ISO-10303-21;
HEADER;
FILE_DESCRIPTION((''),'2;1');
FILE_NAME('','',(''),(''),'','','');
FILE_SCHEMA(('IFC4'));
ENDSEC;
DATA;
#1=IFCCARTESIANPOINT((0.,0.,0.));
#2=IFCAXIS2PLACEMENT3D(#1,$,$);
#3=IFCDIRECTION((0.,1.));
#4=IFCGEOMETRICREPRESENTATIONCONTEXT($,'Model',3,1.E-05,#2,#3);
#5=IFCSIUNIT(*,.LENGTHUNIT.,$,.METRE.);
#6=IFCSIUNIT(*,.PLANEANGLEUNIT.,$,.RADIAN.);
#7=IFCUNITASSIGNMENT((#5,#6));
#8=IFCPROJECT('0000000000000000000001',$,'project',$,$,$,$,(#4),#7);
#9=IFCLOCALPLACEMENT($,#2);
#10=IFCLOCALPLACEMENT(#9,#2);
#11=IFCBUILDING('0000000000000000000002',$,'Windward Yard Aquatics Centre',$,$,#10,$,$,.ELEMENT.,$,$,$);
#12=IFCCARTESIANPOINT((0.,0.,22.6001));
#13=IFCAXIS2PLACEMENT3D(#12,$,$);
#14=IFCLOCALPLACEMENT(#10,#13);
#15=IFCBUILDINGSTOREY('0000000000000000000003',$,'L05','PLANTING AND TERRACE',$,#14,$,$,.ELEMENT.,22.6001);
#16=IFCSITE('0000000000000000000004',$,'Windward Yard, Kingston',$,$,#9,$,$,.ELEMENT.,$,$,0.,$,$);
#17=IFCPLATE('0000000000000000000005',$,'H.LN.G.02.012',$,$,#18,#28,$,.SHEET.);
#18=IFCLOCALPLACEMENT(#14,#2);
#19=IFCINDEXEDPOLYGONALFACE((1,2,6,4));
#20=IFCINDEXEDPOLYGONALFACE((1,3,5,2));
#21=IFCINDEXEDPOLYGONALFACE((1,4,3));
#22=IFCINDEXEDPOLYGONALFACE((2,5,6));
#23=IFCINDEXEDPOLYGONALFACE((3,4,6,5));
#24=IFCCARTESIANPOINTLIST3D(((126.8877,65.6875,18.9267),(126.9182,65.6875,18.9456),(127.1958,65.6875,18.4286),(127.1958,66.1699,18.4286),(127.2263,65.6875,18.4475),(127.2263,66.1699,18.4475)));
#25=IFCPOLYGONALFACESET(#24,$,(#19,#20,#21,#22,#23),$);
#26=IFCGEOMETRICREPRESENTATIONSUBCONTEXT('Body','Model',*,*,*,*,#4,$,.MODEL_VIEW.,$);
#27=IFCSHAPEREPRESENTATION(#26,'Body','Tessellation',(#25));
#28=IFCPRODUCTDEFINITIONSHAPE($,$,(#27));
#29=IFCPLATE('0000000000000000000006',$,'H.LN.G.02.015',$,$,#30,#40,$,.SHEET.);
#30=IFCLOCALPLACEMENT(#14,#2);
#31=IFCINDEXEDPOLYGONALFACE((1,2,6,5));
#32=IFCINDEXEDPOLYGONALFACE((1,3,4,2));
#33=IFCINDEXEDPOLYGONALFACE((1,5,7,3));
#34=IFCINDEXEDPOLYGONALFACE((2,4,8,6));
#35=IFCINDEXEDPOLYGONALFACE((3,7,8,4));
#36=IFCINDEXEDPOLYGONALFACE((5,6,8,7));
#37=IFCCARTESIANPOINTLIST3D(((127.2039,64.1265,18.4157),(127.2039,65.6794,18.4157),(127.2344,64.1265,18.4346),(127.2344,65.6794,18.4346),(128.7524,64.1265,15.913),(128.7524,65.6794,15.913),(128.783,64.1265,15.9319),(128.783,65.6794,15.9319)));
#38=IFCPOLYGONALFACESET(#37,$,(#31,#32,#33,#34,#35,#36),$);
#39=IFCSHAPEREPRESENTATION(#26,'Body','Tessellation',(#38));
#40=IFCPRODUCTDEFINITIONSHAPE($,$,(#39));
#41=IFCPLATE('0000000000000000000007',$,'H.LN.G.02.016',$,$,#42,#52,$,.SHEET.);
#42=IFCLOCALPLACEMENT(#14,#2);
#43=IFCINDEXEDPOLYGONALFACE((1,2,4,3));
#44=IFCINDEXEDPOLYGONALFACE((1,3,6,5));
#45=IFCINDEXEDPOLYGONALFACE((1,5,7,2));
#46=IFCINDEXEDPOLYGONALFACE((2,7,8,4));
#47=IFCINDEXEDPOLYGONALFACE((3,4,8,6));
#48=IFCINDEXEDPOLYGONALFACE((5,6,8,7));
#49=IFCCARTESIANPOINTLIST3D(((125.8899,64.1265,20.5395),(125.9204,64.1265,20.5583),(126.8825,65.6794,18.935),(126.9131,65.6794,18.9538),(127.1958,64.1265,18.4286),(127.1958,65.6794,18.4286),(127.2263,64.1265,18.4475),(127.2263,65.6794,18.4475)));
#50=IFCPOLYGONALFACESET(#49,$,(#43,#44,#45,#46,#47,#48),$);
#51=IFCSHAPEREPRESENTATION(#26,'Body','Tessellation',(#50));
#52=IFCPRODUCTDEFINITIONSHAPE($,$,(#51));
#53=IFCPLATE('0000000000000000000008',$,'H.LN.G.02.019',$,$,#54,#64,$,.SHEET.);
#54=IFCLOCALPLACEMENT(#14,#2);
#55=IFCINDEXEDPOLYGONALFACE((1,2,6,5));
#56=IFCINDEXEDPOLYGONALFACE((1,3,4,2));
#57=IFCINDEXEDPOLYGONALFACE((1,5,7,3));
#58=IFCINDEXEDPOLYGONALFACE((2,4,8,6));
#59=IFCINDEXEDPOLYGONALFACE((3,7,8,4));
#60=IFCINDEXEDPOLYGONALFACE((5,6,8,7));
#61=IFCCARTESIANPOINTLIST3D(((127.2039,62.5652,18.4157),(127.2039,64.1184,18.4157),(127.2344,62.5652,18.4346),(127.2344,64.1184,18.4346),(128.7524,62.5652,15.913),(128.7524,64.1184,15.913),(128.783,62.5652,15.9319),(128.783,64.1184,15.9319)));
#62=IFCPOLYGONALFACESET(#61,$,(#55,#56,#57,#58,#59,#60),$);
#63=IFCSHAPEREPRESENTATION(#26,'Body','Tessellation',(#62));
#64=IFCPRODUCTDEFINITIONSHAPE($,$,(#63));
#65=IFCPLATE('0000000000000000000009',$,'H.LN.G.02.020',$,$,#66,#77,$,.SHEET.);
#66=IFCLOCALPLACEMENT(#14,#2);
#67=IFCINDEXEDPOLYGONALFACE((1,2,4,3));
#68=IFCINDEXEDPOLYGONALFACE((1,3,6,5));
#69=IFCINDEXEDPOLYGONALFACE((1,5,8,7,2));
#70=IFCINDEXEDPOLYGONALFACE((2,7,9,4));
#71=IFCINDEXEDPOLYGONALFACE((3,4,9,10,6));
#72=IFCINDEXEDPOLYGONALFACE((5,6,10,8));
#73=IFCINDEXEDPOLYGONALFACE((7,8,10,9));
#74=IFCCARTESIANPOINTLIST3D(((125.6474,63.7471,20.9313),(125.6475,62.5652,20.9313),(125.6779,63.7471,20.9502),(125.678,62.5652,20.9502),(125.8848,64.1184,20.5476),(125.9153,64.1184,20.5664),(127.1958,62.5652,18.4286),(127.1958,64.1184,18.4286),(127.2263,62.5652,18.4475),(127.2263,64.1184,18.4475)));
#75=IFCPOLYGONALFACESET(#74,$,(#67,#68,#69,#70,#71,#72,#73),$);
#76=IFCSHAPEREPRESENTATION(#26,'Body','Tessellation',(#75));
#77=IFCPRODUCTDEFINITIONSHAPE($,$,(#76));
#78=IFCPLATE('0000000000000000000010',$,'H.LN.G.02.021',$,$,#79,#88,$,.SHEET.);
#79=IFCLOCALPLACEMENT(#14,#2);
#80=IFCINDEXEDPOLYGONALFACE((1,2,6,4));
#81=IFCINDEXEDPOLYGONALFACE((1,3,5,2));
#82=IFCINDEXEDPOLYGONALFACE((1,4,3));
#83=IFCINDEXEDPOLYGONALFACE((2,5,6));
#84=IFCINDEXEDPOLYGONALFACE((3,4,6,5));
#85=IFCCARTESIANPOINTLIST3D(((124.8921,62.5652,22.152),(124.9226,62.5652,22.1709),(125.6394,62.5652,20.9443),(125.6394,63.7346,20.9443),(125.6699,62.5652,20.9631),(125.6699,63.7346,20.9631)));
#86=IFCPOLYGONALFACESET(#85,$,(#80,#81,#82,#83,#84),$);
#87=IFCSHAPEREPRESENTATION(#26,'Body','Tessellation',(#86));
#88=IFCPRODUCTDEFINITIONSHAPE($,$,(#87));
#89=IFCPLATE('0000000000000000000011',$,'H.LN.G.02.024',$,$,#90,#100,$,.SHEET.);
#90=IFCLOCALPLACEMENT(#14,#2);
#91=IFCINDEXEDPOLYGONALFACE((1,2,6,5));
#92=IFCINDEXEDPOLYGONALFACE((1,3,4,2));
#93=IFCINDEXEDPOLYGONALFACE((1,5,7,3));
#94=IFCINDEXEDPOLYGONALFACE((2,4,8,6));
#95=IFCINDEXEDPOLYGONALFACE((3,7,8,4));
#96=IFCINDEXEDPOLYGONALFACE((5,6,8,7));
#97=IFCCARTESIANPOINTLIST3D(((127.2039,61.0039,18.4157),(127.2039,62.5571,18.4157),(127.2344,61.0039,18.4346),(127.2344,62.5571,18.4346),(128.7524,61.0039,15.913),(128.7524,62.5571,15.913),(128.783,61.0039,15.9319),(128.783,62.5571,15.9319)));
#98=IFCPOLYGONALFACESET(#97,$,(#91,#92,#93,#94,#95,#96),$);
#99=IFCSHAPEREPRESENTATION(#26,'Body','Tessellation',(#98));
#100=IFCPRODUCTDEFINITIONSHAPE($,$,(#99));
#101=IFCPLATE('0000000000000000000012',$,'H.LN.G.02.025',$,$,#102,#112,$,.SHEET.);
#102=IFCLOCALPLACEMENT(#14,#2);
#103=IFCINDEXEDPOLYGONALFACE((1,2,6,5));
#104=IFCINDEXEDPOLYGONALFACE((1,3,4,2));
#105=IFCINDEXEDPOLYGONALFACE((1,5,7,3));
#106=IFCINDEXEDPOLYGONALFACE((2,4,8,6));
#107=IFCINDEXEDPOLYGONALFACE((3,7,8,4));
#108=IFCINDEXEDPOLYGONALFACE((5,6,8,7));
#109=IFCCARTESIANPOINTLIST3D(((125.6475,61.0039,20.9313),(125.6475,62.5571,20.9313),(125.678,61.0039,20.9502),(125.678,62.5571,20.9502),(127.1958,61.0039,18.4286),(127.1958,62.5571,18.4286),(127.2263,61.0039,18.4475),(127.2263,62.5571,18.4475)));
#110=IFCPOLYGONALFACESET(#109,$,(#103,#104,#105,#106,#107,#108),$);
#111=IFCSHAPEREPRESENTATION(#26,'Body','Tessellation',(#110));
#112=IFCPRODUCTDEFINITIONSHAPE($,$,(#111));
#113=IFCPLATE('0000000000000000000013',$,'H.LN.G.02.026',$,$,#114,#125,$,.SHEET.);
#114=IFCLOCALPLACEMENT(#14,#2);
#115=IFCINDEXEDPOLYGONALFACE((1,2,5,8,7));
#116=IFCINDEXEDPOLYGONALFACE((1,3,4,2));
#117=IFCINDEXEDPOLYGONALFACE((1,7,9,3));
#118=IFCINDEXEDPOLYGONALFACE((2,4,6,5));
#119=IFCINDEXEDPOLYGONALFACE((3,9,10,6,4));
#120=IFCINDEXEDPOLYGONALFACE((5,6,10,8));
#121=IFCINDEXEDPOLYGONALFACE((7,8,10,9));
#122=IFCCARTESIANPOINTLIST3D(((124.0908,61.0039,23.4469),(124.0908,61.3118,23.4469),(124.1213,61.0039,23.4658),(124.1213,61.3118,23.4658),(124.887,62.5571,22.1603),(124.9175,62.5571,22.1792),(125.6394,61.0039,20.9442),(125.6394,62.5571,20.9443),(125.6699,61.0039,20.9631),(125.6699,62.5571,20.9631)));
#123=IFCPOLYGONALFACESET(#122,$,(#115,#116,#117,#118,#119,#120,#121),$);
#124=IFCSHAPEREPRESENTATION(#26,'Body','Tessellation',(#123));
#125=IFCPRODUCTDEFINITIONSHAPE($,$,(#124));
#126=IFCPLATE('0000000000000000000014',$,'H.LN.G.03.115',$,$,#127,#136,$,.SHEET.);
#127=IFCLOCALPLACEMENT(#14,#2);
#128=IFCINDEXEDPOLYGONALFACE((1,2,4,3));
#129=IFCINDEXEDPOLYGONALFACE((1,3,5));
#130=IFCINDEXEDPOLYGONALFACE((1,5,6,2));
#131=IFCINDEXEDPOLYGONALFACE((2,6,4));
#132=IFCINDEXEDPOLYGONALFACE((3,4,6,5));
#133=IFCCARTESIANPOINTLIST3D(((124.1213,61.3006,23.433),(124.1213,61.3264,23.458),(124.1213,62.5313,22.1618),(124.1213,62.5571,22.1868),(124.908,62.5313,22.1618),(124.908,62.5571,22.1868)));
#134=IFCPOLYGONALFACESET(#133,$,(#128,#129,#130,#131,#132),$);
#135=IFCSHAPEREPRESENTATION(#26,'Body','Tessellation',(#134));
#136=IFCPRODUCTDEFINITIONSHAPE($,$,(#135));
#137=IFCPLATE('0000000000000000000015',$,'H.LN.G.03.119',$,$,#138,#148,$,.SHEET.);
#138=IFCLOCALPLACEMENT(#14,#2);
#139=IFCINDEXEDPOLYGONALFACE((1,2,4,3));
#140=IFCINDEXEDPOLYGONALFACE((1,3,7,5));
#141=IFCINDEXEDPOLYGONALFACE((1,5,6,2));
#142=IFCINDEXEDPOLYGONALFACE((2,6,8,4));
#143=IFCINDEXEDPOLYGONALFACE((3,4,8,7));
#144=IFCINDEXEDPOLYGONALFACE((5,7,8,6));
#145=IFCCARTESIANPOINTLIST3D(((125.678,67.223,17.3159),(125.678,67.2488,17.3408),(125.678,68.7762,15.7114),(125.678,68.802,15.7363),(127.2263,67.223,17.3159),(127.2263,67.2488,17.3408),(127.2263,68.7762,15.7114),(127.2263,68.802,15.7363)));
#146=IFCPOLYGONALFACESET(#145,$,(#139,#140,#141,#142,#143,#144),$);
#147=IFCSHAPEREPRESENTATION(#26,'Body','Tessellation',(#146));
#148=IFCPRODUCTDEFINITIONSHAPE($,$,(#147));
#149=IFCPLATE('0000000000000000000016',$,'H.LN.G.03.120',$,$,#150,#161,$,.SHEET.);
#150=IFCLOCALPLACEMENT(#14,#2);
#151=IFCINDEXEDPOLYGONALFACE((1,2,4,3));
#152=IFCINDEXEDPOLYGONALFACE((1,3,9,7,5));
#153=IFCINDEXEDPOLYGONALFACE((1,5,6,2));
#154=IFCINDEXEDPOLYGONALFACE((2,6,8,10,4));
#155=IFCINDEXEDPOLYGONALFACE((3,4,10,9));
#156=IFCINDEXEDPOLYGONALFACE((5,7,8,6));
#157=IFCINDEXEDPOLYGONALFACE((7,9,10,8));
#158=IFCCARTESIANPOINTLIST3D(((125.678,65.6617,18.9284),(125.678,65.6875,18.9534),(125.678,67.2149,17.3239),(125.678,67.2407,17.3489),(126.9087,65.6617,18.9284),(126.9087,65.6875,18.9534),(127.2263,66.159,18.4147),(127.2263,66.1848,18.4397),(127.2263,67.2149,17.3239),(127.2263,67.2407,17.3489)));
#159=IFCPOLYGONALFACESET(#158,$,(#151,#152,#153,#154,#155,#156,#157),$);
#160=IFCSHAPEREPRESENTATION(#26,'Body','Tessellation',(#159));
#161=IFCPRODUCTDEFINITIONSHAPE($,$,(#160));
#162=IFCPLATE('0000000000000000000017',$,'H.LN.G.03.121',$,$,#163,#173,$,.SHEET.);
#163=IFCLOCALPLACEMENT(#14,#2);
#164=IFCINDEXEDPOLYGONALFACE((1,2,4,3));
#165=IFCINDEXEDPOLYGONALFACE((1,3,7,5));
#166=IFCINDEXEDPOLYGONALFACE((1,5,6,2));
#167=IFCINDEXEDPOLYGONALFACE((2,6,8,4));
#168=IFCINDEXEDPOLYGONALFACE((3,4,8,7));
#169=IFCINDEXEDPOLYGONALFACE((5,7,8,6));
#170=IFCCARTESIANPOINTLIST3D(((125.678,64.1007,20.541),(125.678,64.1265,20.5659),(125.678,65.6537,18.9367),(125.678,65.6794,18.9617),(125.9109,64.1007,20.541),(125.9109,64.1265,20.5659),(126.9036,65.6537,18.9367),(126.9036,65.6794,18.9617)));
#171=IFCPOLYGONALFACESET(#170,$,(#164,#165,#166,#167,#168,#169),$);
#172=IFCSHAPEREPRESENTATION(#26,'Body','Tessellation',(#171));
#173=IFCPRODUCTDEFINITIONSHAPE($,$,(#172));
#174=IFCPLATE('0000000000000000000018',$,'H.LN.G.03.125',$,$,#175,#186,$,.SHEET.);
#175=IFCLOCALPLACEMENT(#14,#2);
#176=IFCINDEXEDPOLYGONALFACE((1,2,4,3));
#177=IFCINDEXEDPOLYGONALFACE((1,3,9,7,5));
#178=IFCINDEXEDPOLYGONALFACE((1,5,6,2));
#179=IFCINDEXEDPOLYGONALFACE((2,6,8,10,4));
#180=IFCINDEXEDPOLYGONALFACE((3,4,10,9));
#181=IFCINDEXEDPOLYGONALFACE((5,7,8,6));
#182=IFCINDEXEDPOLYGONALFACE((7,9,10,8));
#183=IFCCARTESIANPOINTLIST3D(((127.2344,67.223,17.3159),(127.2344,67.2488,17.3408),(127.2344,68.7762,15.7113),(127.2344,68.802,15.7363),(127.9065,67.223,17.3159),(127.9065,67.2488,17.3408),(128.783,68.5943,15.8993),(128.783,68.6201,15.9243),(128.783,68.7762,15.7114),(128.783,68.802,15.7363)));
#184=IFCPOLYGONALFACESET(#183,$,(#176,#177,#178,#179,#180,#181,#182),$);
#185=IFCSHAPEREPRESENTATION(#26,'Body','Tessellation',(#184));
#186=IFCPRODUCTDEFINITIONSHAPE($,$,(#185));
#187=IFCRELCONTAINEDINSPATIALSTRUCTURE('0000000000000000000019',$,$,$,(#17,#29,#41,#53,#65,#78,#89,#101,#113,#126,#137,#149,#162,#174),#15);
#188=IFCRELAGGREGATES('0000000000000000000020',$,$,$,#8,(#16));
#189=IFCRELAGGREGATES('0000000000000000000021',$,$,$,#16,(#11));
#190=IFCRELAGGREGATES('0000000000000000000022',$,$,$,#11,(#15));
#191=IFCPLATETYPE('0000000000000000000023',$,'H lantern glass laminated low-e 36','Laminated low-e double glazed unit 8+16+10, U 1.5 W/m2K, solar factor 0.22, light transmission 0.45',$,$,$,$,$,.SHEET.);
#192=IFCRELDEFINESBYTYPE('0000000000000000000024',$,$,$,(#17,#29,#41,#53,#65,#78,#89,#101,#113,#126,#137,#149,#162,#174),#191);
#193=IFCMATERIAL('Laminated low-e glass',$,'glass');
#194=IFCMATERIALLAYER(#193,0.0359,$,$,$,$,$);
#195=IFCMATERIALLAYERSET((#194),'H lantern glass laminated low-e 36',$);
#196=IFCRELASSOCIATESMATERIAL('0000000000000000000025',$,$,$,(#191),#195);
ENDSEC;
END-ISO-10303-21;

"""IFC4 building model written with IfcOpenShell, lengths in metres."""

from ifc_helpers import new_model, si_unit, direction, frame, origin, place, context, subcontext, project, spatial, polyline, outline, extrude, material, layer, layer_set, type_object, element, save


model = new_model("IFC4")

# Units and contexts
model_context = context("Model", 3, precision=1e-05, world=origin(), true_north=direction((0.0, 1.0)))
body_context = subcontext(model_context, "Body", "Model", "MODEL_VIEW")
ifc_project = project(units=[si_unit("LENGTHUNIT", "METRE"), si_unit("PLANEANGLEUNIT", "RADIAN")], contexts=[model_context])

# Site, building, storey
site_placement = place(None, origin())
site = spatial("IfcSite", under=ifc_project, at=site_placement, Name="Windward Yard, Kingston", CompositionType="ELEMENT", RefElevation=0.0)
building_placement = place(site_placement, origin())
building = spatial("IfcBuilding", under=site, at=building_placement, Name="Windward Yard Aquatics Centre", CompositionType="ELEMENT")
storey_placement = place(building_placement, frame((0.0, 0.0, 22.6001)))
storey = spatial("IfcBuildingStorey", under=building, at=storey_placement, Name="L05", Description="PLANTING AND TERRACE", CompositionType="ELEMENT", Elevation=22.6001)

# Plates
ifc_material_1 = material(Name="Laminated low-e glass", Category="glass")
ifc_layer = layer(ifc_material_1, 0.0359)
ifc_layer_set = layer_set([ifc_layer], Name="H lantern glass laminated low-e 36")
plate_type = type_object("IfcPlateType", Name="H lantern glass laminated low-e 36", Description="Laminated low-e double glazed unit 8+16+10, U 1.5 W/m2K, solar factor 0.22, light transmission 0.45", PredefinedType="SHEET", material=ifc_layer_set)
plate_1_placement = place(storey_placement, frame((126.9182, 65.6875, 18.9456), z_axis=(0.850425, 0.0, 0.526096), x_axis=(0.406067, 0.635806, -0.656399)))
element("IfcPlate", 1, at=plate_1_placement, inside=storey, type_object=plate_type, Name="H.LN.G.02.012", PredefinedType="SHEET", context=body_context, shape_type="SweptSolid", body=[
    extrude(outline(polyline([(0.0, 0.0), (0.7588, 0.0), (0.452, -0.3724), (0.0, 0.0)])), origin(), (0.0, 0.0, -1.0), 0.0359),
])
plate_2_placement = place(storey_placement, frame((127.2344, 64.1265, 18.4346), z_axis=(0.850371, 0.0, 0.526183), x_axis=(0.0, 1.0, 0.0)))
element("IfcPlate", 2, at=plate_2_placement, inside=storey, type_object=plate_type, Name="H.LN.G.02.015", PredefinedType="SHEET", context=body_context, shape_type="SweptSolid", body=[
    extrude(outline(polyline([(0.0, 0.0), (1.553, 0.0), (1.553, -2.9431), (0.0, -2.9431), (0.0, 0.0)])), origin(), (0.0, 0.0, -1.0), 0.0359),
])
plate_3_placement = place(storey_placement, frame((125.9204, 64.1265, 20.5583), z_axis=(0.850414, -0.000013, 0.526114), x_axis=(0.406216, 0.63551, -0.656594)))
element("IfcPlate", 3, at=plate_3_placement, inside=storey, type_object=plate_type, Name="H.LN.G.02.016", PredefinedType="SHEET", context=body_context, shape_type="SweptSolid", body=[
    extrude(outline(polyline([(0.0, 0.0), (2.4437, 0.0), (2.9034, -0.3784), (1.9164, -1.5774), (0.0, 0.0)])), origin(), (0.0, 0.0, -1.0), 0.0359),
])
plate_4_placement = place(storey_placement, frame((127.2344, 62.5652, 18.4346), z_axis=(0.850371, 0.0, 0.526183), x_axis=(0.0, 1.0, 0.0)))
element("IfcPlate", 4, at=plate_4_placement, inside=storey, type_object=plate_type, Name="H.LN.G.02.019", PredefinedType="SHEET", context=body_context, shape_type="SweptSolid", body=[
    extrude(outline(polyline([(0.0, 0.0), (1.5532, 0.0), (1.5532, -2.9431), (0.0, -2.9431), (0.0, 0.0)])), origin(), (0.0, 0.0, -1.0), 0.0359),
])
plate_5_placement = place(storey_placement, frame((125.678, 62.5652, 20.9502), z_axis=(0.850406, 0.000038, 0.526127), x_axis=(-0.000032, 1.0, -0.00002)))
element("IfcPlate", 5, at=plate_5_placement, inside=storey, type_object=plate_type, Name="H.LN.G.02.020", PredefinedType="SHEET", context=body_context, shape_type="SweptSolid", body=[
    extrude(outline(polyline([(0.0, 0.0), (1.1819, 0.0), (1.5532, -0.4512), (1.5532, -2.9429), (0.0, -2.9429), (0.0, 0.0)])), origin(), (0.0, 0.0, -1.0), 0.0359),
])
plate_6_placement = place(storey_placement, frame((124.9226, 62.5652, 22.1709), z_axis=(0.850375, 0.0, 0.526177), x_axis=(0.4062, 0.635642, -0.656476)))
element("IfcPlate", 6, at=plate_6_placement, inside=storey, type_object=plate_type, Name="H.LN.G.02.021", PredefinedType="SHEET", context=body_context, shape_type="SweptSolid", body=[
    extrude(outline(polyline([(0.0, 0.0), (1.8398, 0.0), (1.0964, -0.9028), (0.0, 0.0)])), origin(), (0.0, 0.0, -1.0), 0.0359),
])
plate_7_placement = place(storey_placement, frame((127.2344, 61.0039, 18.4346), z_axis=(0.850371, 0.0, 0.526183), x_axis=(0.0, 1.0, 0.0)))
element("IfcPlate", 7, at=plate_7_placement, inside=storey, type_object=plate_type, Name="H.LN.G.02.024", PredefinedType="SHEET", context=body_context, shape_type="SweptSolid", body=[
    extrude(outline(polyline([(0.0, 0.0), (1.5532, 0.0), (1.5532, -2.9431), (0.0, -2.9431), (0.0, 0.0)])), origin(), (0.0, 0.0, -1.0), 0.0359),
])
plate_8_placement = place(storey_placement, frame((125.678, 61.0039, 20.9502), z_axis=(0.850408, 0.0, 0.526123), x_axis=(0.0, 1.0, 0.0)))
element("IfcPlate", 8, at=plate_8_placement, inside=storey, type_object=plate_type, Name="H.LN.G.02.025", PredefinedType="SHEET", context=body_context, shape_type="SweptSolid", body=[
    extrude(outline(polyline([(0.0, 0.0), (1.5532, 0.0), (1.5532, -2.9429), (0.0, -2.9429), (0.0, 0.0)])), origin(), (0.0, 0.0, -1.0), 0.0359),
])
plate_9_placement = place(storey_placement, frame((124.1213, 61.0039, 23.4658), z_axis=(0.850373, -0.000007, 0.526181), x_axis=(0.000006, 1.0, 0.000004)))
element("IfcPlate", 9, at=plate_9_placement, inside=storey, type_object=plate_type, Name="H.LN.G.02.026", PredefinedType="SHEET", context=body_context, shape_type="SweptSolid", body=[
    extrude(outline(polyline([(0.0, 0.0), (0.3079, 0.0), (1.5532, -1.513), (1.5532, -2.9431), (0.0, -2.9431), (0.0, 0.0)])), origin(), (0.0, 0.0, -1.0), 0.0359),
])
plate_10_placement = place(storey_placement, frame((124.1213, 61.3264, 23.458), z_axis=(0.0, 0.718466, 0.695562), x_axis=(0.0, 0.695562, -0.718466)))
element("IfcPlate", 10, at=plate_10_placement, inside=storey, type_object=plate_type, Name="H.LN.G.03.115", PredefinedType="SHEET", context=body_context, shape_type="SweptSolid", body=[
    extrude(outline(polyline([(0.0, 0.0), (1.7694, 0.0), (1.7694, -0.7866), (0.0, 0.0)])), origin(), (0.0, 0.0, -1.0), 0.0359),
])
plate_11_placement = place(storey_placement, frame((125.678, 67.2488, 17.3408), z_axis=(0.0, 0.718493, 0.695534), x_axis=(0.0, 0.695534, -0.718493)))
element("IfcPlate", 11, at=plate_11_placement, inside=storey, type_object=plate_type, Name="H.LN.G.03.119", PredefinedType="SHEET", context=body_context, shape_type="SweptSolid", body=[
    extrude(outline(polyline([(0.0, 0.0), (2.2331, 0.0), (2.2331, -1.5483), (0.0, -1.5483), (0.0, 0.0)])), origin(), (0.0, 0.0, -1.0), 0.0359),
])
plate_12_placement = place(storey_placement, frame((125.678, 65.6875, 18.9534), z_axis=(-0.000014, 0.718494, 0.695533), x_axis=(0.0, 0.695533, -0.718494)))
element("IfcPlate", 12, at=plate_12_placement, inside=storey, type_object=plate_type, Name="H.LN.G.03.120", PredefinedType="SHEET", context=body_context, shape_type="SweptSolid", body=[
    extrude(outline(polyline([(0.0, 0.0), (2.2331, 0.0), (2.2331, -1.5483), (0.715, -1.5483), (0.0, -1.2307), (0.0, 0.0)])), origin(), (0.0, 0.0, -1.0), 0.0359),
])
plate_13_placement = place(storey_placement, frame((125.678, 64.1265, 20.5659), z_axis=(0.0, 0.718495, 0.695533), x_axis=(0.0, 0.695533, -0.718495)))
element("IfcPlate", 13, at=plate_13_placement, inside=storey, type_object=plate_type, Name="H.LN.G.03.121", PredefinedType="SHEET", context=body_context, shape_type="SweptSolid", body=[
    extrude(outline(polyline([(0.0, 0.0), (2.2328, 0.0), (2.2328, -1.2256), (0.0, -0.2329), (0.0, 0.0)])), origin(), (0.0, 0.0, -1.0), 0.0359),
])
plate_14_placement = place(storey_placement, frame((127.2344, 67.2488, 17.3408), z_axis=(-0.00003, 0.718501, 0.695526), x_axis=(0.0, 0.695526, -0.718501)))
element("IfcPlate", 14, at=plate_14_placement, inside=storey, type_object=plate_type, Name="H.LN.G.03.125", PredefinedType="SHEET", context=body_context, shape_type="SweptSolid", body=[
    extrude(outline(polyline([(0.0, 0.0), (2.2331, 0.0), (2.2331, -1.5486), (1.9716, -1.5486), (0.0, -0.6721), (0.0, 0.0)])), origin(), (0.0, 0.0, -1.0), 0.0359),
])

save(model, "model.ifc")
